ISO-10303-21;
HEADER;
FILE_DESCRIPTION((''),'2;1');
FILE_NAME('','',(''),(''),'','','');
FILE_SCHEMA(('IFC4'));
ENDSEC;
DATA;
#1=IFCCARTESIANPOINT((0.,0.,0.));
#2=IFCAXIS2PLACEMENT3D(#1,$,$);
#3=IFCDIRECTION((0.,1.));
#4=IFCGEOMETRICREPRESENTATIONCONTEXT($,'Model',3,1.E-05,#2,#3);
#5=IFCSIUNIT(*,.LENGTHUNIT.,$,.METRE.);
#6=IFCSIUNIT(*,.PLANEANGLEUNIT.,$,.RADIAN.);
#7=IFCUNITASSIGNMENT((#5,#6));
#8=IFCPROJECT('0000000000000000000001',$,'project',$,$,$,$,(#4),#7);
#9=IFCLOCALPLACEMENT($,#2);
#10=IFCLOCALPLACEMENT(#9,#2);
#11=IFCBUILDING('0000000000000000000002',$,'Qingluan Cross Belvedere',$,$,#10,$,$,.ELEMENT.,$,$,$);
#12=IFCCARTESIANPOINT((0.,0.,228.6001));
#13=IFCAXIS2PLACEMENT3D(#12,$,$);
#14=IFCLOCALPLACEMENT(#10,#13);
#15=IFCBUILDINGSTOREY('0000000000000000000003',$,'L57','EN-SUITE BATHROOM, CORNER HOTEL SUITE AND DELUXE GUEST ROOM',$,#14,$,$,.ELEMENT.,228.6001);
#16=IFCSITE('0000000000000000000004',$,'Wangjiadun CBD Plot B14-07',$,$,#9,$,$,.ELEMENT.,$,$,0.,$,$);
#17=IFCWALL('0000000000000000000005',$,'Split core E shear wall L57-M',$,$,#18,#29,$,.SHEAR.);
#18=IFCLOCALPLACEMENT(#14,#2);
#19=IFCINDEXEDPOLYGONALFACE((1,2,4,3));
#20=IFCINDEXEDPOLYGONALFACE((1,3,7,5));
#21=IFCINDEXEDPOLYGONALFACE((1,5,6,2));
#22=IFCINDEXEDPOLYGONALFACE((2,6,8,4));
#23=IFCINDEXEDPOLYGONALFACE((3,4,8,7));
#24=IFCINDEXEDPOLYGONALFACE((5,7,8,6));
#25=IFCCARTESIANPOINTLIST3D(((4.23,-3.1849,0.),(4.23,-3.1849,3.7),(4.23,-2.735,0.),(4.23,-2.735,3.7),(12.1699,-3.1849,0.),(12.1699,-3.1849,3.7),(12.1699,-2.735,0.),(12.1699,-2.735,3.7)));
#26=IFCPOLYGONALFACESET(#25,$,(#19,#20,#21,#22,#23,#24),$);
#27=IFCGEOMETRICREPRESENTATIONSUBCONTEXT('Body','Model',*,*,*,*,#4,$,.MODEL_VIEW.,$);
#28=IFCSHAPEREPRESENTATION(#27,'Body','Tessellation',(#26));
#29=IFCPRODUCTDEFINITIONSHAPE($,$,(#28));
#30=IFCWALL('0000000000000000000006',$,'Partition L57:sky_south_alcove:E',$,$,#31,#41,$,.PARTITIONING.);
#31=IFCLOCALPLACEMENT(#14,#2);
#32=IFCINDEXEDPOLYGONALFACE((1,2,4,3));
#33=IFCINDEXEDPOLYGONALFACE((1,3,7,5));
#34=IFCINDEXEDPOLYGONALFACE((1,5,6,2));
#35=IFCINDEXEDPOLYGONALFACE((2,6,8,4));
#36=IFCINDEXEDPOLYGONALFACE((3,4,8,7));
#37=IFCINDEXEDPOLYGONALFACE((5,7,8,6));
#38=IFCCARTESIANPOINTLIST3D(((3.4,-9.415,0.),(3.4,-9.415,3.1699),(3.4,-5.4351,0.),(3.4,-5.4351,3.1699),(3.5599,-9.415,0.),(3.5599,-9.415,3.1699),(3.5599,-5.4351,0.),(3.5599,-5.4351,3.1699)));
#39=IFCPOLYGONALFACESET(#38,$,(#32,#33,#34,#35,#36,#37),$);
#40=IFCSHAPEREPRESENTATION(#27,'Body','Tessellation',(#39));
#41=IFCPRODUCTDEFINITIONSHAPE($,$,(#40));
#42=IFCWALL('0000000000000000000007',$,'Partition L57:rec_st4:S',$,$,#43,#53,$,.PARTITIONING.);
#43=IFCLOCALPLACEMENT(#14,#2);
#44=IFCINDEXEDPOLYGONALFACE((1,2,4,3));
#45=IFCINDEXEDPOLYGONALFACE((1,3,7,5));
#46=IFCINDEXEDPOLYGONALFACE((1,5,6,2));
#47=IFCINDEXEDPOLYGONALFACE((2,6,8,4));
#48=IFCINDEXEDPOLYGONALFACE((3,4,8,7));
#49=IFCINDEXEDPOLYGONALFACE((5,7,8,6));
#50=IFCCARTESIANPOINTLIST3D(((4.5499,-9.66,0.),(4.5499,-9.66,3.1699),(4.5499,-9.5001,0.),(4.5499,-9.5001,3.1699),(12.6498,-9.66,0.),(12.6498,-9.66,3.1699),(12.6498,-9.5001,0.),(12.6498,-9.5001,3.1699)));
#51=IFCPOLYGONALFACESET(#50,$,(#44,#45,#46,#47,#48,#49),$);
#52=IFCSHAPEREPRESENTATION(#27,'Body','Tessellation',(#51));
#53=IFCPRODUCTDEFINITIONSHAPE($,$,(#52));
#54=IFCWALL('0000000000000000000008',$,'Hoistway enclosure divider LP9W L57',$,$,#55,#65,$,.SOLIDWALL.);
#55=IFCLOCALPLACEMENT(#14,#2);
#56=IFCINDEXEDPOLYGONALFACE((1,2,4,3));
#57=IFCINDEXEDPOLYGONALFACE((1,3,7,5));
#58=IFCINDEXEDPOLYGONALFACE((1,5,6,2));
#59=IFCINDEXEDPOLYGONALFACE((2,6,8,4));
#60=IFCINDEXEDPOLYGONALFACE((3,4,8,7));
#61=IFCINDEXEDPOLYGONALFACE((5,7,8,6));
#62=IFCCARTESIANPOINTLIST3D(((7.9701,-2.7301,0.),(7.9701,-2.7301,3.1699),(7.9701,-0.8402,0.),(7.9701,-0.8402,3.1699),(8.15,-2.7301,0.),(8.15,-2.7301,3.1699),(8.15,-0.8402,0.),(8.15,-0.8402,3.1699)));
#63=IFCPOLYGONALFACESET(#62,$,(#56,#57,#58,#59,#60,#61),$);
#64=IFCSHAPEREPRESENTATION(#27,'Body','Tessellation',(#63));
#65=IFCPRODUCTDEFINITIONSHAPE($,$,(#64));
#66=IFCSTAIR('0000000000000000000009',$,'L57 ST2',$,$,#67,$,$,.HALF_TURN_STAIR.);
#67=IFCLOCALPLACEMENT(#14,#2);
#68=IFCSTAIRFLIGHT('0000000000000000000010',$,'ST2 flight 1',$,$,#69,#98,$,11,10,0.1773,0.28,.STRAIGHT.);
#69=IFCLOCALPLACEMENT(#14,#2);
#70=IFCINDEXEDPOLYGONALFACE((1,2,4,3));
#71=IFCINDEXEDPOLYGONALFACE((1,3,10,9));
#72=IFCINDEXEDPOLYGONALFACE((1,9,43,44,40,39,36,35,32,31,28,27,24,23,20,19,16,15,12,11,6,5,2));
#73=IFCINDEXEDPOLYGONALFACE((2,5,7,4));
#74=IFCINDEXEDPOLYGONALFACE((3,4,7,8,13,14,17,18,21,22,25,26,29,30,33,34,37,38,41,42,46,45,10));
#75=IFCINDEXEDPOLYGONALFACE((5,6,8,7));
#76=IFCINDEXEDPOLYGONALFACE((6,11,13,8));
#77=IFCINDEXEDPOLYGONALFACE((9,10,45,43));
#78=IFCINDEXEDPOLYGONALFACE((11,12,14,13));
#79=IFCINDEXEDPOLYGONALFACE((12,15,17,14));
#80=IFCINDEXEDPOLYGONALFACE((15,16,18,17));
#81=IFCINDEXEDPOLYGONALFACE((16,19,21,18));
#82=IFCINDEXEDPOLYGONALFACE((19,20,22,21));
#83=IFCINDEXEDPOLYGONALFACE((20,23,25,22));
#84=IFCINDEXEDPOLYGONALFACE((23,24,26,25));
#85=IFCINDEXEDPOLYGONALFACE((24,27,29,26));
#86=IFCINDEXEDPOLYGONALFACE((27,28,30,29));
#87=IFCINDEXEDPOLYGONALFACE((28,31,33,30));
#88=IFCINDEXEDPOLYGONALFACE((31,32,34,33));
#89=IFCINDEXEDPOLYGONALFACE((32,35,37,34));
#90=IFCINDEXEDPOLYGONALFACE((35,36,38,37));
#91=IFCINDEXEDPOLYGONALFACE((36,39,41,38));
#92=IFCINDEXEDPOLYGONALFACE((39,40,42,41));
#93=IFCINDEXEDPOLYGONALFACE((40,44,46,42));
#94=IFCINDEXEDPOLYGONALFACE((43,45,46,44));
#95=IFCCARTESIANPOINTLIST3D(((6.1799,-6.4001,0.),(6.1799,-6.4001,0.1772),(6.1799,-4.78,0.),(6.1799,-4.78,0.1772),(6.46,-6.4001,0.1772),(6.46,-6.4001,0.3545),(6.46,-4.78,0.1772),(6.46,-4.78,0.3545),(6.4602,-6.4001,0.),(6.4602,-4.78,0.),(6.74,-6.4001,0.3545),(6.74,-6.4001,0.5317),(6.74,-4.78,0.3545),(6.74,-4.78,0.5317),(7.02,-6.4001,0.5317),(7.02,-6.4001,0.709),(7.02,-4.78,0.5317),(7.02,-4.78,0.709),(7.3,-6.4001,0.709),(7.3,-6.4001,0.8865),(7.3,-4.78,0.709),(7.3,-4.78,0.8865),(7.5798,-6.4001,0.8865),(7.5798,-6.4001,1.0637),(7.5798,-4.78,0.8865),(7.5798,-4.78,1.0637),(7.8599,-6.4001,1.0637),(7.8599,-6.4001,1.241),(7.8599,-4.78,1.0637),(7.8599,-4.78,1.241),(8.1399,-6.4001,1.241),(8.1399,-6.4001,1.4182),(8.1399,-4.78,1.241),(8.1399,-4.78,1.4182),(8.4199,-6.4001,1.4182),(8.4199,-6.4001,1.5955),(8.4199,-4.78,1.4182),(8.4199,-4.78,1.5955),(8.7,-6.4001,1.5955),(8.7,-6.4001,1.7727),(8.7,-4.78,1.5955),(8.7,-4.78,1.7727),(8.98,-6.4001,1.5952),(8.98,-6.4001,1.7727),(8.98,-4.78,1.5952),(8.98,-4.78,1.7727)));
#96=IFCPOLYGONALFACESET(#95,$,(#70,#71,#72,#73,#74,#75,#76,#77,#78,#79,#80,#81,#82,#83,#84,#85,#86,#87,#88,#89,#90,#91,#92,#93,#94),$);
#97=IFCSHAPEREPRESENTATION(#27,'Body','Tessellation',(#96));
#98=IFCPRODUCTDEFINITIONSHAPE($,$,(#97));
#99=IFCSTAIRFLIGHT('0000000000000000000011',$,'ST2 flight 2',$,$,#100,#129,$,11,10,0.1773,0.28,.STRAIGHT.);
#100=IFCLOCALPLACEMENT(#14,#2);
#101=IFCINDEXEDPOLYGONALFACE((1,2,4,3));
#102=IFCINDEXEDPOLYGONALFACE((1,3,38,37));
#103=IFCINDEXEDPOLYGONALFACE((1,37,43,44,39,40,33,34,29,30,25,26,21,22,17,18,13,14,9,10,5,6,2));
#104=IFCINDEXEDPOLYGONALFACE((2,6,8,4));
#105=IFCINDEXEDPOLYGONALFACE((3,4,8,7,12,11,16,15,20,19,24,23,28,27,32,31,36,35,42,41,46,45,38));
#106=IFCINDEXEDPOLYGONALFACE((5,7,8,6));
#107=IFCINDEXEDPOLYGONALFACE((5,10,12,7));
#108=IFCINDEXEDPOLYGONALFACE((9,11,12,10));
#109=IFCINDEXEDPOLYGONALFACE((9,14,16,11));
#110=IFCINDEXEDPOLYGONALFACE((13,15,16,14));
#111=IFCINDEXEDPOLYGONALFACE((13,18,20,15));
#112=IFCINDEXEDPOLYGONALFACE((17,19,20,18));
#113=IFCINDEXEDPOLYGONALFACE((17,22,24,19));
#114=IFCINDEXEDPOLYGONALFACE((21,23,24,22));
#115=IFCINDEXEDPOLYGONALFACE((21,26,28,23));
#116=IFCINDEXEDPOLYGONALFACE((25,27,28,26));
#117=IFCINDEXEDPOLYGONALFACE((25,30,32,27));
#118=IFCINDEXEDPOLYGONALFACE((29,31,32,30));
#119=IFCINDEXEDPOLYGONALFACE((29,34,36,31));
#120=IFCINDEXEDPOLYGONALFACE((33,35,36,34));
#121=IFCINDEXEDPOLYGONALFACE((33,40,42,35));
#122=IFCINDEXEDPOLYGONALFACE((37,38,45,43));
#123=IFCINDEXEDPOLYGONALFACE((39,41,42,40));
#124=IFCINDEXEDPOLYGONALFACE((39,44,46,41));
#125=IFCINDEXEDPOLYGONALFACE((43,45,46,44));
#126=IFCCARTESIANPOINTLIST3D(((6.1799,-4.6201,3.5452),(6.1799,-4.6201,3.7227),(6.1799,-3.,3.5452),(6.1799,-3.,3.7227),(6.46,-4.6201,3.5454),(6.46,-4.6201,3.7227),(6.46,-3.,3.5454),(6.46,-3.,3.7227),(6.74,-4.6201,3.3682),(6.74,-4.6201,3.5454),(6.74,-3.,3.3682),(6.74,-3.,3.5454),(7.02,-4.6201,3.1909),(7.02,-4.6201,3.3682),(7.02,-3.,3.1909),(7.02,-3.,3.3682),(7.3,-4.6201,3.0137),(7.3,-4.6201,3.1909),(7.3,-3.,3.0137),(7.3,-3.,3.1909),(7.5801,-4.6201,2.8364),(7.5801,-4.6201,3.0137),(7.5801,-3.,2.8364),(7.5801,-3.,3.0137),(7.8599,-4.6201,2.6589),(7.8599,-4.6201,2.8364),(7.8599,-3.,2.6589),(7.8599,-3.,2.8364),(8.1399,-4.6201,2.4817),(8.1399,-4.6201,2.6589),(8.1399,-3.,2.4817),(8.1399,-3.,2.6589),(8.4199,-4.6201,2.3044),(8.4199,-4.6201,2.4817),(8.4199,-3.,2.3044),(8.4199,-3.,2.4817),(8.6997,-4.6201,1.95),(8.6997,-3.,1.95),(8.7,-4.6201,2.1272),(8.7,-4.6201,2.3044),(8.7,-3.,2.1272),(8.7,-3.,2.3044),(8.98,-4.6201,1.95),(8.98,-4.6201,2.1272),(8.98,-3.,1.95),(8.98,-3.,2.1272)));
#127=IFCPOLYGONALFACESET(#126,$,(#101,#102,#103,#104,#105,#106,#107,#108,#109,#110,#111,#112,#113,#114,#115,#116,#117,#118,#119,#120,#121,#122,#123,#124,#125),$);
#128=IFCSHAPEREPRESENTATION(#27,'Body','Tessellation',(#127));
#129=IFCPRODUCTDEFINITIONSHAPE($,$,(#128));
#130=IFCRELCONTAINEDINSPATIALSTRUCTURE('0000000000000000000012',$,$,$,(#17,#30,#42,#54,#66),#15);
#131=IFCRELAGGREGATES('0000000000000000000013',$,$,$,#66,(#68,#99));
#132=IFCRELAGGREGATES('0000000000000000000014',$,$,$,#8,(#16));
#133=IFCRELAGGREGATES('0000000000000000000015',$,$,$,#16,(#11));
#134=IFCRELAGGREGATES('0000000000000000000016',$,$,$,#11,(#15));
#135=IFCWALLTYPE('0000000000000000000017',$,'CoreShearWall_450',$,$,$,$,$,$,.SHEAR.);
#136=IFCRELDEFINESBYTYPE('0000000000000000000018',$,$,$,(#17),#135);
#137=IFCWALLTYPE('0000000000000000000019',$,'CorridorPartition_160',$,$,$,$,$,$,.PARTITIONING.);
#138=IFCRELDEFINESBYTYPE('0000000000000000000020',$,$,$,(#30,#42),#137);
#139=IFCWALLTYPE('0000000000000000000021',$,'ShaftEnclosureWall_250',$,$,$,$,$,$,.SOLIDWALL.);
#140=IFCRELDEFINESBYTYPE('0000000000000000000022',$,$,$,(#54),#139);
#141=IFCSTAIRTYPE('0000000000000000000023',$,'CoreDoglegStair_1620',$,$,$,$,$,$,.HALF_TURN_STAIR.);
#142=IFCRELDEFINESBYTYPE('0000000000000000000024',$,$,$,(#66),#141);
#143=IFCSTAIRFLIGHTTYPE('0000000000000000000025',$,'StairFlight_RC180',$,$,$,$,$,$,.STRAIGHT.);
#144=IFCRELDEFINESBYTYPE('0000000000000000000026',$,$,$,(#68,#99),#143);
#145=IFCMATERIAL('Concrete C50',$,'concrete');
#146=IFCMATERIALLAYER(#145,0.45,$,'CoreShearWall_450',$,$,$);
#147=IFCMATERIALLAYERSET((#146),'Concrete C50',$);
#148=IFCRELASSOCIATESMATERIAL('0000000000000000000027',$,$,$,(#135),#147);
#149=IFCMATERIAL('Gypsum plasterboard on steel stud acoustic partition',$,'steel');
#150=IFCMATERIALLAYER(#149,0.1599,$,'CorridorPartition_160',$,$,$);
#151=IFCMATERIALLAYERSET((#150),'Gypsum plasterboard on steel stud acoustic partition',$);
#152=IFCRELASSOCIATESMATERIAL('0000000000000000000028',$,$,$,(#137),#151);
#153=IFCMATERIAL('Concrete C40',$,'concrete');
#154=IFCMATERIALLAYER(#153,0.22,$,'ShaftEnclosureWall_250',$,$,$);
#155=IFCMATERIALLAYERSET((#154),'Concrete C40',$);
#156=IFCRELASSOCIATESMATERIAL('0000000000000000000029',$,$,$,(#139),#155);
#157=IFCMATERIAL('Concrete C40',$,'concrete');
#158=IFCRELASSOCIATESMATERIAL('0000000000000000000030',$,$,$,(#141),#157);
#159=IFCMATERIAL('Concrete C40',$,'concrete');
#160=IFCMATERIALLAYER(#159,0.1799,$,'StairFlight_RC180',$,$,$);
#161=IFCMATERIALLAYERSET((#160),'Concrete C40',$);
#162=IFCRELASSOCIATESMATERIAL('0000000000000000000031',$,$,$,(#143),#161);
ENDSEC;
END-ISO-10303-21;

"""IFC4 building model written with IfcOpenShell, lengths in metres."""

from ifc_helpers import new_model, si_unit, direction, frame, frame_2d, origin, place, context, subcontext, project, spatial, polyline, rectangle, outline, extrude, material, layer, layer_set, type_object, element, aggregate, save


model = new_model("IFC4")

# Units and contexts
model_context = context("Model", 3, precision=1e-05, world=origin(), true_north=direction((0.0, 1.0)))
body_context = subcontext(model_context, "Body", "Model", "MODEL_VIEW")
ifc_project = project(units=[si_unit("LENGTHUNIT", "METRE"), si_unit("PLANEANGLEUNIT", "RADIAN")], contexts=[model_context])

# Site, building, storey
site_placement = place(None, origin())
site = spatial("IfcSite", under=ifc_project, at=site_placement, Name="Wangjiadun CBD Plot B14-07", CompositionType="ELEMENT", RefElevation=0.0)
building_placement = place(site_placement, origin())
building = spatial("IfcBuilding", under=site, at=building_placement, Name="Qingluan Cross Belvedere", CompositionType="ELEMENT")
storey_placement = place(building_placement, frame((0.0, 0.0, 228.6001)))
storey = spatial("IfcBuildingStorey", under=building, at=storey_placement, Name="L57", Description="EN-SUITE BATHROOM, CORNER HOTEL SUITE AND DELUXE GUEST ROOM", CompositionType="ELEMENT", Elevation=228.6001)

# Shared definitions
ifc_material_1 = material(Name="Concrete C50", Category="concrete")
ifc_layer_1 = layer(ifc_material_1, 0.45, Name="CoreShearWall_450")
ifc_layer_set_1 = layer_set([ifc_layer_1], Name="Concrete C50")
wall_type_1 = type_object("IfcWallType", Name="CoreShearWall_450", PredefinedType="SHEAR", material=ifc_layer_set_1)

# Wall
wall_1_placement = place(storey_placement, frame((4.23, -2.96, 0.0), z_axis=(0.0, 0.0, 1.0), x_axis=(1.0, 0.0, 0.0)))
element("IfcWall", 1, at=wall_1_placement, inside=storey, type_object=wall_type_1, Name="Split core E shear wall L57-M", PredefinedType="SHEAR", context=body_context, shape_type="SweptSolid", body=[
    extrude(rectangle(XDim=7.9399, YDim=0.45, at=frame_2d((3.97, 0.0))), origin(), (0.0, 0.0, 1.0), 3.7),
])

# Shared definitions
ifc_material_2 = material(Name="Gypsum plasterboard on steel stud acoustic partition", Category="steel")
ifc_layer_2 = layer(ifc_material_2, 0.1599, Name="CorridorPartition_160")
ifc_layer_set_2 = layer_set([ifc_layer_2], Name="Gypsum plasterboard on steel stud acoustic partition")
wall_type_2 = type_object("IfcWallType", Name="CorridorPartition_160", PredefinedType="PARTITIONING", material=ifc_layer_set_2)

# Walls
wall_2_placement = place(storey_placement, frame((3.48, -9.415, 0.0), z_axis=(0.0, 0.0, 1.0), x_axis=(0.0, 1.0, 0.0)))
element("IfcWall", 2, at=wall_2_placement, inside=storey, type_object=wall_type_2, Name="Partition L57:sky_south_alcove:E", PredefinedType="PARTITIONING", context=body_context, shape_type="SweptSolid", body=[
    extrude(rectangle(XDim=3.98, YDim=0.1599, at=frame_2d((1.99, 0.0))), origin(), (0.0, 0.0, 1.0), 3.1699),
])
wall_3_placement = place(storey_placement, frame((4.55, -9.5801, 0.0), z_axis=(0.0, 0.0, 1.0), x_axis=(1.0, 0.0, 0.0)))
element("IfcWall", 3, at=wall_3_placement, inside=storey, type_object=wall_type_2, Name="Partition L57:rec_st4:S", PredefinedType="PARTITIONING", context=body_context, shape_type="SweptSolid", body=[
    extrude(rectangle(XDim=8.0999, YDim=0.1599, at=frame_2d((4.0498, 0.0))), origin(), (0.0, 0.0, 1.0), 3.1699),
])

# Wall
ifc_material_3 = material(Name="Concrete C40", Category="concrete")
ifc_layer_3 = layer(ifc_material_3, 0.22, Name="ShaftEnclosureWall_250")
ifc_layer_set_3 = layer_set([ifc_layer_3], Name="Concrete C40")
wall_type_3 = type_object("IfcWallType", Name="ShaftEnclosureWall_250", PredefinedType="SOLIDWALL", material=ifc_layer_set_3)
wall_4_placement = place(storey_placement, frame((8.0601, -2.73, 0.0), z_axis=(0.0, 0.0, 1.0), x_axis=(0.0, 1.0, 0.0)))
element("IfcWall", 4, at=wall_4_placement, inside=storey, type_object=wall_type_3, Name="Hoistway enclosure divider LP9W L57", PredefinedType="SOLIDWALL", context=body_context, shape_type="SweptSolid", body=[
    extrude(rectangle(XDim=1.8899, YDim=0.1799, at=frame_2d((0.9448, 0.0))), origin(), (0.0, 0.0, 1.0), 3.1699),
])

# Stair, stair flights
ifc_material_4 = material(Name="Concrete C40", Category="concrete")
stair_type = type_object("IfcStairType", Name="CoreDoglegStair_1620", PredefinedType="HALF_TURN_STAIR", material=ifc_material_4)
stair_placement = place(storey_placement, origin())
stair = element("IfcStair", 5, at=stair_placement, inside=storey, type_object=stair_type, Name="L57 ST2", PredefinedType="HALF_TURN_STAIR")
ifc_material_5 = material(Name="Concrete C40", Category="concrete")
ifc_layer_4 = layer(ifc_material_5, 0.1799, Name="StairFlight_RC180")
ifc_layer_set_4 = layer_set([ifc_layer_4], Name="Concrete C40")
stair_flight_type = type_object("IfcStairFlightType", Name="StairFlight_RC180", PredefinedType="STRAIGHT", material=ifc_layer_set_4)
stair_flight_1_placement = place(storey_placement, frame((6.1799, -5.5901, 0.0), z_axis=(0.0, 0.0, 1.0), x_axis=(1.0, 0.0, 0.0)))
stair_flight_1 = element("IfcStairFlight", 6, at=stair_flight_1_placement, type_object=stair_flight_type, Name="ST2 flight 1", NumberOfRisers=11, NumberOfTreads=10, PredefinedType="STRAIGHT", RiserHeight=0.1773, TreadLength=0.28, context=body_context, shape_type="SweptSolid", body=[
    extrude(outline(polyline([(0.0, 0.0), (0.0, 0.1772), (0.28, 0.1772), (0.28, 0.3545), (0.5601, 0.3545), (0.5601, 0.5317), (0.8401, 0.5317), (0.8401, 0.709), (1.1201, 0.709), (1.1201, 0.8865), (1.3999, 0.8865), (1.3999, 1.0637), (1.6799, 1.0637), (1.6799, 1.241), (1.96, 1.241), (1.96, 1.4182), (2.24, 1.4182), (2.24, 1.5955), (2.52, 1.5955), (2.52, 1.7727), (2.8, 1.7727), (2.8, 1.95), (2.8, 1.5952), (0.2803, 0.0), (0.0, 0.0)])), frame((0.0, 0.8101, 0.0), z_axis=(0.0, -1.0, 0.0), x_axis=(1.0, 0.0, 0.0)), (0.0, 0.0, 1.0), 1.6201),
])
stair_flight_2_placement = place(storey_placement, frame((8.98, -3.8101, 1.95), z_axis=(0.0, 0.0, 1.0), x_axis=(-1.0, 0.0, 0.0)))
stair_flight_2 = element("IfcStairFlight", 7, at=stair_flight_2_placement, type_object=stair_flight_type, Name="ST2 flight 2", NumberOfRisers=11, NumberOfTreads=10, PredefinedType="STRAIGHT", RiserHeight=0.1773, TreadLength=0.28, context=body_context, shape_type="SweptSolid", body=[
    extrude(outline(polyline([(0.0, 0.0), (0.0, 0.1772), (0.28, 0.1772), (0.28, 0.3545), (0.5601, 0.3545), (0.5601, 0.5317), (0.8401, 0.5317), (0.8401, 0.709), (1.1201, 0.709), (1.1201, 0.8865), (1.3999, 0.8865), (1.3999, 1.0637), (1.6799, 1.0637), (1.6799, 1.241), (1.96, 1.241), (1.96, 1.4182), (2.24, 1.4182), (2.24, 1.5955), (2.52, 1.5955), (2.52, 1.7727), (2.8, 1.7727), (2.8, 1.95), (2.8, 1.5952), (0.2803, 0.0), (0.0, 0.0)])), frame((0.0, 0.8101, 0.0), z_axis=(0.0, -1.0, 0.0), x_axis=(1.0, 0.0, 0.0)), (0.0, 0.0, 1.0), 1.6201),
])
aggregate(stair, [stair_flight_1, stair_flight_2])

save(model, "model.ifc")
